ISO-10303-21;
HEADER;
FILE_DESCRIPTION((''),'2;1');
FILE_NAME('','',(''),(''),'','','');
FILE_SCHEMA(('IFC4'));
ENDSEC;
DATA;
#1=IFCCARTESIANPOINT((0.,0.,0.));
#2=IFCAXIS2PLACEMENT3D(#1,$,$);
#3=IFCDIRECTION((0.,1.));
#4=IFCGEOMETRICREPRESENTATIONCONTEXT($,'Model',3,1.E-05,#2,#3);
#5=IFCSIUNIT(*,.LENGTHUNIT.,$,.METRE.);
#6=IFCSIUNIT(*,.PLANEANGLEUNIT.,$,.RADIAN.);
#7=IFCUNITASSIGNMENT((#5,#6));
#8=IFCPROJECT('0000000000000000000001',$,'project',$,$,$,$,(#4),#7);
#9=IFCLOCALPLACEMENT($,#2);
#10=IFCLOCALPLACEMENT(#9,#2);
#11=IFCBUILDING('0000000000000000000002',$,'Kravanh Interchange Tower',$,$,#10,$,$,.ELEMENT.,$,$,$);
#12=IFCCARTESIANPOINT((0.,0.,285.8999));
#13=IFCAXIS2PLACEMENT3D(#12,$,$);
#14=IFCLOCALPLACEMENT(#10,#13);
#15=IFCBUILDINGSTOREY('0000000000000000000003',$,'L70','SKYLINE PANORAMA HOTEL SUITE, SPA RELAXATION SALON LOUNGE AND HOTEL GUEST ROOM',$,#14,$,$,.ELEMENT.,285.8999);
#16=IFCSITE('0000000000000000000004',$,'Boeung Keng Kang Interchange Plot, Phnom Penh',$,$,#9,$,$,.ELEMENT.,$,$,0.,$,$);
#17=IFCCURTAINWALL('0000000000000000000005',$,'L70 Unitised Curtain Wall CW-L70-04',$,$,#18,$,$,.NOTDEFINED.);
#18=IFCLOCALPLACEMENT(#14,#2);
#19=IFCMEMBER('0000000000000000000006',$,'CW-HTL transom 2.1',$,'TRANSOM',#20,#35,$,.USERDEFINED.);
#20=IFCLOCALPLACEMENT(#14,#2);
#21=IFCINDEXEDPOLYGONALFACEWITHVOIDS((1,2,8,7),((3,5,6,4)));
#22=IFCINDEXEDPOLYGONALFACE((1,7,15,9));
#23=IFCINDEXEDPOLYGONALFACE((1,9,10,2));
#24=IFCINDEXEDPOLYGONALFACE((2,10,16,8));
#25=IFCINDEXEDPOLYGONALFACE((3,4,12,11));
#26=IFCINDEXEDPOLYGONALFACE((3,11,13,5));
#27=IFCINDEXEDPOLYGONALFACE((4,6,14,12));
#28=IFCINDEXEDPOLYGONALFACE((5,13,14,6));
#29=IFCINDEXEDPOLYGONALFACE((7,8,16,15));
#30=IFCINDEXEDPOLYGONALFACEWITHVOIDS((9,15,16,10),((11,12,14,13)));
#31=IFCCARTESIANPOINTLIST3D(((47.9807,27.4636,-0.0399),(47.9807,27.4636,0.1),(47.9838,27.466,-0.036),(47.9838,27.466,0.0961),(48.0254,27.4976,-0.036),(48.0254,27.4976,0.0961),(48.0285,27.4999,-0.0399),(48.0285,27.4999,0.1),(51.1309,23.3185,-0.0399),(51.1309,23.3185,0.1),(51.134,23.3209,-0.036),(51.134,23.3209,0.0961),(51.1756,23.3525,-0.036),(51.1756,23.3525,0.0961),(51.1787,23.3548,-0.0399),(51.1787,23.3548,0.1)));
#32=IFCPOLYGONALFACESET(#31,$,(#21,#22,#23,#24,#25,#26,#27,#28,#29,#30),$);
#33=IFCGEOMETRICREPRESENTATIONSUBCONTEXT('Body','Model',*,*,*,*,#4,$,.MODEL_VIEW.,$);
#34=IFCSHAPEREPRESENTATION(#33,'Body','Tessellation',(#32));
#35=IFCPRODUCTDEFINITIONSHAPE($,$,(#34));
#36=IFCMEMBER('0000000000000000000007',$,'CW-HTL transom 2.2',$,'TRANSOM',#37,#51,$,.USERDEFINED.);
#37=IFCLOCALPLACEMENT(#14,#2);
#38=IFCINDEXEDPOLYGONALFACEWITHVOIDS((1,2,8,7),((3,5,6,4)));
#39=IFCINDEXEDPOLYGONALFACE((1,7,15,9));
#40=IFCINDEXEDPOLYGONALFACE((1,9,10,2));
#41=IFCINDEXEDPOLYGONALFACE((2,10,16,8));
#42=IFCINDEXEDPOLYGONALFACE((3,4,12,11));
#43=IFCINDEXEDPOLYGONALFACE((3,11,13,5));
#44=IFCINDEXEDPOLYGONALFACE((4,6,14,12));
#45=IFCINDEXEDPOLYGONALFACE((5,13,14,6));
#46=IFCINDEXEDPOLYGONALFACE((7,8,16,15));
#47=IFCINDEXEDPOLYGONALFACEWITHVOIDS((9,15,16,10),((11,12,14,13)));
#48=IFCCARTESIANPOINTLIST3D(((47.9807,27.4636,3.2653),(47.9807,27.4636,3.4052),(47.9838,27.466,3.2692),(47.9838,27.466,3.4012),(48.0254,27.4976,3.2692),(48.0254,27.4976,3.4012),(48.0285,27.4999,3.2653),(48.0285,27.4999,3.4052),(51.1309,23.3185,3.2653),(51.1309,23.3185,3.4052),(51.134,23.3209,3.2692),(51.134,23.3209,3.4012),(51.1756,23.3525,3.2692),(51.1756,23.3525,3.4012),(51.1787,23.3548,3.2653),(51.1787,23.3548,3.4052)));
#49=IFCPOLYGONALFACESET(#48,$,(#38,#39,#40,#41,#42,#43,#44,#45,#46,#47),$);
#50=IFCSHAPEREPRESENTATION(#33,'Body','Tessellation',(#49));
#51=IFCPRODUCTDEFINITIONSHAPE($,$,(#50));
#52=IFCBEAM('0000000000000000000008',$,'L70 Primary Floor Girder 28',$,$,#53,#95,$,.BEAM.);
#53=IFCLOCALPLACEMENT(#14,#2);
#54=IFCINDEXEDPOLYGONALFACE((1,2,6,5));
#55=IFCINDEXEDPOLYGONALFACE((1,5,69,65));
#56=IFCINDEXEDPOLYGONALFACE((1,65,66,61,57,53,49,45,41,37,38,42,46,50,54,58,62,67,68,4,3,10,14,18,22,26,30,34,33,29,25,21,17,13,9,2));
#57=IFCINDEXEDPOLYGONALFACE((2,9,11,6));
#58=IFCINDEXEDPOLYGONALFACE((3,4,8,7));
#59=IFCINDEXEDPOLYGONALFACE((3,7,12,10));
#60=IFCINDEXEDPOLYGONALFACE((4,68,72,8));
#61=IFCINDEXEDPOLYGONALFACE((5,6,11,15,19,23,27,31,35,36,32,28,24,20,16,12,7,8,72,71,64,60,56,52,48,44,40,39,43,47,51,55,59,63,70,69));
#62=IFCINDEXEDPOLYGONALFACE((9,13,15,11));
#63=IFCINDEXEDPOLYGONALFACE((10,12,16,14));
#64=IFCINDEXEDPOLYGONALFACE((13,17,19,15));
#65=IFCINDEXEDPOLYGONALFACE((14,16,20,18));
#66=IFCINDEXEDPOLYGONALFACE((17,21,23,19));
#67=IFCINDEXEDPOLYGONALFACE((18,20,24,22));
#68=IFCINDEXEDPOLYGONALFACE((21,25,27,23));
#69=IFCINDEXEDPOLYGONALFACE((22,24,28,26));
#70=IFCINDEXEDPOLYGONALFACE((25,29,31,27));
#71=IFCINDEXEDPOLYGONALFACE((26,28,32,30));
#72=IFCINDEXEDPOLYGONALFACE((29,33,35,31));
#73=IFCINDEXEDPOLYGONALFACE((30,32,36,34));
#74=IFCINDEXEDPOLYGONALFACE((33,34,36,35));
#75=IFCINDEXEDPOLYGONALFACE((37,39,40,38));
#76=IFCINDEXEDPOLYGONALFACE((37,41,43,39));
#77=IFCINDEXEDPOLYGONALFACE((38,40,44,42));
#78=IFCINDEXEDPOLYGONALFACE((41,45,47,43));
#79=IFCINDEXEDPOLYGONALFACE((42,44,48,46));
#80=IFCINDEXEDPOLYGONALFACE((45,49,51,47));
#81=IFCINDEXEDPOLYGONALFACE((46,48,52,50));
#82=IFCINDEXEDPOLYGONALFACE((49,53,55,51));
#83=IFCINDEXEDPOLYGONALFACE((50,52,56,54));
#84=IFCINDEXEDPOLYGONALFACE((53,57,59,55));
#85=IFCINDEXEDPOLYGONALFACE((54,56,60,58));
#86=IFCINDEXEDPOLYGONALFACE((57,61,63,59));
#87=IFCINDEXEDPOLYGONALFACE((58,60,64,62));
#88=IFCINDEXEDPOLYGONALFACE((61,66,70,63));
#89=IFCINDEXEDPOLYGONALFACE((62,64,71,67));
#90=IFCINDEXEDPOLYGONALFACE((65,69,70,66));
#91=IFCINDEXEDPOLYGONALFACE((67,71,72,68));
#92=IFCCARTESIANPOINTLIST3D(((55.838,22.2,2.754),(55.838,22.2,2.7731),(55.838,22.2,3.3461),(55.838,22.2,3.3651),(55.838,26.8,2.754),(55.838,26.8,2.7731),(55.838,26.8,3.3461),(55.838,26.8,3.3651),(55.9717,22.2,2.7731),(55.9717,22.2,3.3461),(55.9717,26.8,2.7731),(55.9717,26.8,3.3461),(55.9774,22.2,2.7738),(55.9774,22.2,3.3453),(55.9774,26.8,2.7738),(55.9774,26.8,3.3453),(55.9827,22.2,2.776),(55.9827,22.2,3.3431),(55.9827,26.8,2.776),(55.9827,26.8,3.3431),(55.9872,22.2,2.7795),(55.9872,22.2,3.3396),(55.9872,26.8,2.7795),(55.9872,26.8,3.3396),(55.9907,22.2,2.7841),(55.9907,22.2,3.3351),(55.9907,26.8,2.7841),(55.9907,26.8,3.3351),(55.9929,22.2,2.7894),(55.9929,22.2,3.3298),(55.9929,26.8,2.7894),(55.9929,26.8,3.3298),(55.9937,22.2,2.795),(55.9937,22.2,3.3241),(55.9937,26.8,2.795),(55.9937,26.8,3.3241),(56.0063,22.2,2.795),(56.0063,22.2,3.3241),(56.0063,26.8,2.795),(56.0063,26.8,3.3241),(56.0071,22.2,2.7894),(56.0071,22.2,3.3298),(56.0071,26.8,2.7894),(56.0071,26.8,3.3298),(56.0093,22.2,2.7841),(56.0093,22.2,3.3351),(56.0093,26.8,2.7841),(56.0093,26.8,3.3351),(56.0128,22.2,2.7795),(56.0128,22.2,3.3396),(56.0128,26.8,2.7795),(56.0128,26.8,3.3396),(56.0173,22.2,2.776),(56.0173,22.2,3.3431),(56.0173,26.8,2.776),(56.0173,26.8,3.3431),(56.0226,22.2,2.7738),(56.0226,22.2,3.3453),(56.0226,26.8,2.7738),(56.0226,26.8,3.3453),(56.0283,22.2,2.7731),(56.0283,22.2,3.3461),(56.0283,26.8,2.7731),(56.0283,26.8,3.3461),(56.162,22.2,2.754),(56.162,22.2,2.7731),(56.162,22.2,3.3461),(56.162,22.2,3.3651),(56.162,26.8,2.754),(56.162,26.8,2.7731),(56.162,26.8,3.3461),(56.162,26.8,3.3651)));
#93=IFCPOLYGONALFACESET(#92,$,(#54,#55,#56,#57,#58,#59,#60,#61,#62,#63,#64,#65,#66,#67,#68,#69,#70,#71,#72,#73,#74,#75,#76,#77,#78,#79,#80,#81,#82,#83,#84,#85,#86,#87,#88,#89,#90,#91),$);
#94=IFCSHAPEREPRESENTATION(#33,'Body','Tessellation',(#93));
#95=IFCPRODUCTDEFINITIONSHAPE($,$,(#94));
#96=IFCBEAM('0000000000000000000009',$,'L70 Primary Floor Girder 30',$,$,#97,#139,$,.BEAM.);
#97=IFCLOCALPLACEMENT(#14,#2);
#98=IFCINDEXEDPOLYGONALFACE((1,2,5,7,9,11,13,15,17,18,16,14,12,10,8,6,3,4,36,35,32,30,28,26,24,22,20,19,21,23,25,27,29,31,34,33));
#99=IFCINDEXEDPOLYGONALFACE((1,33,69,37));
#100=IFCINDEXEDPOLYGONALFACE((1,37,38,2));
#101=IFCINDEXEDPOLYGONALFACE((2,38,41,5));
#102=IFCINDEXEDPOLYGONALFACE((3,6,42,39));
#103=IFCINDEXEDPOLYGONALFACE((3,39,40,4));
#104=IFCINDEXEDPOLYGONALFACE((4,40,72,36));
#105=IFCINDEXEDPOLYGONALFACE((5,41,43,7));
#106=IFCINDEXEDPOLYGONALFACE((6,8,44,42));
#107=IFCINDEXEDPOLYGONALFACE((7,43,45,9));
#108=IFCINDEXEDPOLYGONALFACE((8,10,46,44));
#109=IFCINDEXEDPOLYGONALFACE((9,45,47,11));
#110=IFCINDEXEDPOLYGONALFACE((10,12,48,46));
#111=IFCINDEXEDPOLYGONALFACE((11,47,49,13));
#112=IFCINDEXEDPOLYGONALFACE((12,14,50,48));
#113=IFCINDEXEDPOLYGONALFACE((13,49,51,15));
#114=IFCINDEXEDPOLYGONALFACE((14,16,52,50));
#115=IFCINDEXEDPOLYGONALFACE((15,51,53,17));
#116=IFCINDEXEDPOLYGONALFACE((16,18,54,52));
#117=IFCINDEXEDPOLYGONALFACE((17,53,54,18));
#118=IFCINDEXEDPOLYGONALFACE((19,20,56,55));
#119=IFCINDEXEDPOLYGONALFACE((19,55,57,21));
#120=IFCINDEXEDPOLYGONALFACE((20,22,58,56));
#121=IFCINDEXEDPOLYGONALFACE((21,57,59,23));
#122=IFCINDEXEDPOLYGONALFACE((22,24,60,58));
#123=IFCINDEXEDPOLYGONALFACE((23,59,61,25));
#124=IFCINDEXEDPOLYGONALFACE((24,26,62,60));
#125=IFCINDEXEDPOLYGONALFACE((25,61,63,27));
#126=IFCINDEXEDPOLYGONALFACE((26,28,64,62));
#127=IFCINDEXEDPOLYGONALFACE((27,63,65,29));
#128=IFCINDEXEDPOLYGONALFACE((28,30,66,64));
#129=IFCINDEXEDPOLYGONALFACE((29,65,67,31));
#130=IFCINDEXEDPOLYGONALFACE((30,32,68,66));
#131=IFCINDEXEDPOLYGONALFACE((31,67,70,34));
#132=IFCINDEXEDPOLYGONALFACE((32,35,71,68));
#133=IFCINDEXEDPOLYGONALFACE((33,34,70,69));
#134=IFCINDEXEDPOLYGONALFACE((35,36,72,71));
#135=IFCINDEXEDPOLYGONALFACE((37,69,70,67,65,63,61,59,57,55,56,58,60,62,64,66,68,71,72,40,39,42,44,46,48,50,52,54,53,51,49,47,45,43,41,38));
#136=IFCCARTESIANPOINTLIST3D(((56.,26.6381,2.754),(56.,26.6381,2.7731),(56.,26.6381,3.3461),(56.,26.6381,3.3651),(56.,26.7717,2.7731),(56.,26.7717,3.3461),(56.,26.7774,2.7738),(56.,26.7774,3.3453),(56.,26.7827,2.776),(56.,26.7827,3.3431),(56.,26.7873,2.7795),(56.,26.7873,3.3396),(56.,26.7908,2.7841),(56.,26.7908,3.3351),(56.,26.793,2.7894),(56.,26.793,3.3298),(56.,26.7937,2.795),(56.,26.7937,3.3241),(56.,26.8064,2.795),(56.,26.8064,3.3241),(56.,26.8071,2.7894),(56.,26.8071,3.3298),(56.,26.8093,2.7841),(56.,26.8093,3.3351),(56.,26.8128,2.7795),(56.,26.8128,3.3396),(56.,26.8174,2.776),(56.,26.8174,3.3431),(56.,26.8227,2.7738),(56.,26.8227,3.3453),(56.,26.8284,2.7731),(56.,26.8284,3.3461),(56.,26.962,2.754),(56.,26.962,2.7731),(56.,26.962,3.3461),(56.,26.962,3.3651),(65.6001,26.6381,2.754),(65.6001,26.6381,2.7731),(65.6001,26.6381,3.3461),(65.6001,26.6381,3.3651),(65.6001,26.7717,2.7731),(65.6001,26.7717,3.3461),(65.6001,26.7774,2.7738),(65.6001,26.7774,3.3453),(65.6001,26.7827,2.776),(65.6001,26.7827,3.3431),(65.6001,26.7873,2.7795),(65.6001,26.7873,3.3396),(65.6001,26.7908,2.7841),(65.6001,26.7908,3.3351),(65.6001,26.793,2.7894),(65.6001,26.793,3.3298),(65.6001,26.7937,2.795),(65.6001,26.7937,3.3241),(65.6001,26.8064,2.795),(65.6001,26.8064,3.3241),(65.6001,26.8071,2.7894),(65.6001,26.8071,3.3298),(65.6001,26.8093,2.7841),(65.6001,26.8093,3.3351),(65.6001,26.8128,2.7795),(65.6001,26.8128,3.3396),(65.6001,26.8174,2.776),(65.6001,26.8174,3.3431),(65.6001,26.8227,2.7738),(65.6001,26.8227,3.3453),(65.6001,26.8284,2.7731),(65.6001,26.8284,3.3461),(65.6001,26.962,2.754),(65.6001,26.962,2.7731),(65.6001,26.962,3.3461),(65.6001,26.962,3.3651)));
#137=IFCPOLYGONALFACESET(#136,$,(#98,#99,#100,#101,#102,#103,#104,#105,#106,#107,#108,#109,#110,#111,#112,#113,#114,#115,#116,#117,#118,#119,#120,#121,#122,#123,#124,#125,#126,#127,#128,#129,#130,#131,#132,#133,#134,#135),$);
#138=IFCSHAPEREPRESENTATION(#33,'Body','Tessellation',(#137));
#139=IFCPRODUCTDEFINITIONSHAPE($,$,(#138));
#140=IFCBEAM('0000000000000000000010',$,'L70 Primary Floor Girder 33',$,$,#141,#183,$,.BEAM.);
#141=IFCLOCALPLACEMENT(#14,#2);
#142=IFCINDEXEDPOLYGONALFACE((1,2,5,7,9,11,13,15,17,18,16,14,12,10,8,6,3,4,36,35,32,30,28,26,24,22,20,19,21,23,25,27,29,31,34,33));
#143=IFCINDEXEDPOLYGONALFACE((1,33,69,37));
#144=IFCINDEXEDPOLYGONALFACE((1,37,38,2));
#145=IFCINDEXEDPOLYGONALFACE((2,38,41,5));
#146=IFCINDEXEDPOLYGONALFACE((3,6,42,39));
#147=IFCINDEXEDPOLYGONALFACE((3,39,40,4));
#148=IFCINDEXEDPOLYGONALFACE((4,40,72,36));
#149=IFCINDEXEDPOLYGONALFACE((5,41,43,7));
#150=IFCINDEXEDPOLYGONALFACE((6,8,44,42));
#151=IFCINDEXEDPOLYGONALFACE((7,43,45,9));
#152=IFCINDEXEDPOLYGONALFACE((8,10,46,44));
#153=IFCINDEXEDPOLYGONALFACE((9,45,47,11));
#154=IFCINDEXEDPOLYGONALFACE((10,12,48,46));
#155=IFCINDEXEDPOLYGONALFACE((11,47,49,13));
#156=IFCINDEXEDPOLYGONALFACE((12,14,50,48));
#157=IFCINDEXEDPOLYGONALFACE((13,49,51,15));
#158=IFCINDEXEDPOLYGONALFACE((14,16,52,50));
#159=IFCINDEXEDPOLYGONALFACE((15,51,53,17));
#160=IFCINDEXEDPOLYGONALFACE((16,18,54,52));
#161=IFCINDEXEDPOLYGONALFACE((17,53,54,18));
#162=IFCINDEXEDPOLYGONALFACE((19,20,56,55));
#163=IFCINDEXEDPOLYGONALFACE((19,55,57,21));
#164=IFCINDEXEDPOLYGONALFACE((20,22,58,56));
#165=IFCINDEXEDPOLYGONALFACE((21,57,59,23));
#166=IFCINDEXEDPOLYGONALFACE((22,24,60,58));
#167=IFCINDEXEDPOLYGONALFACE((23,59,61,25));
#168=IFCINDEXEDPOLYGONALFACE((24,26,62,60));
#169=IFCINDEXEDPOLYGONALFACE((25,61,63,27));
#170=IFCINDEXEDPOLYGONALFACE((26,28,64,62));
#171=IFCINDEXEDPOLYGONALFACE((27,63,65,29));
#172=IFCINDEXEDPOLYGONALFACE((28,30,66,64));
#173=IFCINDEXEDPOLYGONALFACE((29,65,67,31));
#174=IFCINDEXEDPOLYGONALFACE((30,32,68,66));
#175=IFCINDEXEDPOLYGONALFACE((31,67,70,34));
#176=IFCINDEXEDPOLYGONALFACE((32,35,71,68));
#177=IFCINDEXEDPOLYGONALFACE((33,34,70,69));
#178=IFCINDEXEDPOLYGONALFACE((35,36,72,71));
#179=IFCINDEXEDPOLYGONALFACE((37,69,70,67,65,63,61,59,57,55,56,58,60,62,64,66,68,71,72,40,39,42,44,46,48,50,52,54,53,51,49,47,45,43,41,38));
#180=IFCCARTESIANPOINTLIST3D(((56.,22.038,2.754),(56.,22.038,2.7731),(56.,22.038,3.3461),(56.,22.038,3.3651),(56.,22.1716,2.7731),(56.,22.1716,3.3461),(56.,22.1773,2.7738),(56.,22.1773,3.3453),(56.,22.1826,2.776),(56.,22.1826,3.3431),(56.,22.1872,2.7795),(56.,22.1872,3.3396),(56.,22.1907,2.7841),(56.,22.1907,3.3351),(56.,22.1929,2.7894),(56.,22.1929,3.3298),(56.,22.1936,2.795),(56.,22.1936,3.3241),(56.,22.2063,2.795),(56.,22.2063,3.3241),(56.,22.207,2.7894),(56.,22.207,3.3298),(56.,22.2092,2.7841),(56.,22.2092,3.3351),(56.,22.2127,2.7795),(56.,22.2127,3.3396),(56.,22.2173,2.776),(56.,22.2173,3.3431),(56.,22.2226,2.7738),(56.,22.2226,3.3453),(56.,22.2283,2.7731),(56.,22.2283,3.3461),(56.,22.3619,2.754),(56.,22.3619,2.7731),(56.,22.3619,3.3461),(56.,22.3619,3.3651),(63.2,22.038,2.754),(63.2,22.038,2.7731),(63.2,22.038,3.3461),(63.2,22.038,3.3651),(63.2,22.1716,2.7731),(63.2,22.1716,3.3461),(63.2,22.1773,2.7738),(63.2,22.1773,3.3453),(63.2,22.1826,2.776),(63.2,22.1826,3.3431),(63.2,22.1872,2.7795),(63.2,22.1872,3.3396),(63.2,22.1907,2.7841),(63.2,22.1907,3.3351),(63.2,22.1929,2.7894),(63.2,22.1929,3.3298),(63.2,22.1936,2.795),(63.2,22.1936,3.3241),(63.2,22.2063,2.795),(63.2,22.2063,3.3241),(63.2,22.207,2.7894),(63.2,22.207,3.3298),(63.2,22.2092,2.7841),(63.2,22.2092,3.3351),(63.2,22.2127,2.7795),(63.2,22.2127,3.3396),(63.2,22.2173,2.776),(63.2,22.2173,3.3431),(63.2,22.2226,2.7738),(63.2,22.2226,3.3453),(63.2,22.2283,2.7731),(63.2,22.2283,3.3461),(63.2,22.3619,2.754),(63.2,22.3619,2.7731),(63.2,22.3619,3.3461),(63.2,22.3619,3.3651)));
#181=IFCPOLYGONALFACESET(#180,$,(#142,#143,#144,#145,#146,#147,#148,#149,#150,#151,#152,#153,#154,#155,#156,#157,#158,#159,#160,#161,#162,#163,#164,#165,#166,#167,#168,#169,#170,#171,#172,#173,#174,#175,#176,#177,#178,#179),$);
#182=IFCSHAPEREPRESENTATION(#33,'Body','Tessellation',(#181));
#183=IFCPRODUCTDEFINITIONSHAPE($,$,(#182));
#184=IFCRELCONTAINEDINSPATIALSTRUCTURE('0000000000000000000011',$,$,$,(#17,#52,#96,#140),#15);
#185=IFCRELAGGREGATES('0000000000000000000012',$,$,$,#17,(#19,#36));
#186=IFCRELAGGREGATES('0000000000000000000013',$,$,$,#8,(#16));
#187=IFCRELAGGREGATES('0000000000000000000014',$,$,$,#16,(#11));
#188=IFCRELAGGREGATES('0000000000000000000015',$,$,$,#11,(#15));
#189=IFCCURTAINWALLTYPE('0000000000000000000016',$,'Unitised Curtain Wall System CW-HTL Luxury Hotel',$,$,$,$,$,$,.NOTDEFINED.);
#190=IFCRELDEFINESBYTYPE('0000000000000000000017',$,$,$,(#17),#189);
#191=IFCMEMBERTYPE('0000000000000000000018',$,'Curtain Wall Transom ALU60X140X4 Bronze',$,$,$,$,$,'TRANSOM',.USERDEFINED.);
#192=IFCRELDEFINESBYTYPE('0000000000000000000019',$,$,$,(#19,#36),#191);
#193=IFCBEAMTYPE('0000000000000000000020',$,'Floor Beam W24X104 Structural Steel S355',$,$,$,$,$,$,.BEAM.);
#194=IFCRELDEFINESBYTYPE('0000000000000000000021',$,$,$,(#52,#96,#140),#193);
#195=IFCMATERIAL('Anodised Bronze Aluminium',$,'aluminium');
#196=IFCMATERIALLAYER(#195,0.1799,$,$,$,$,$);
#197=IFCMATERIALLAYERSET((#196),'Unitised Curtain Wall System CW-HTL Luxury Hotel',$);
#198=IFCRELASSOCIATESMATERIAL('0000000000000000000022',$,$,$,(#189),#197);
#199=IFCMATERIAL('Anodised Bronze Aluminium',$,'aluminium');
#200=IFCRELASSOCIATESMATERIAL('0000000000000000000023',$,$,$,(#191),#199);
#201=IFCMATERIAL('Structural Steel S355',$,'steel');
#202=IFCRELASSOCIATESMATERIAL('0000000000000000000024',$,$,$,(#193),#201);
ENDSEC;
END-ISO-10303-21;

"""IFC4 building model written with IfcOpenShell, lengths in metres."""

from ifc_helpers import new_model, si_unit, direction, frame, origin, origin_2d, place, context, subcontext, project, spatial, hollow_rectangle, i_section, extrude, material, layer, layer_set, material_profile, profile_set, type_object, element, aggregate, save


model = new_model("IFC4")

# Units and contexts
model_context = context("Model", 3, precision=1e-05, world=origin(), true_north=direction((0.0, 1.0)))
body_context = subcontext(model_context, "Body", "Model", "MODEL_VIEW")
ifc_project = project(units=[si_unit("LENGTHUNIT", "METRE"), si_unit("PLANEANGLEUNIT", "RADIAN")], contexts=[model_context])

# Site, building, storey
site_placement = place(None, origin())
site = spatial("IfcSite", under=ifc_project, at=site_placement, Name="Boeung Keng Kang Interchange Plot, Phnom Penh", CompositionType="ELEMENT", RefElevation=0.0)
building_placement = place(site_placement, origin())
building = spatial("IfcBuilding", under=site, at=building_placement, Name="Kravanh Interchange Tower", CompositionType="ELEMENT")
storey_placement = place(building_placement, frame((0.0, 0.0, 285.8999)))
storey = spatial("IfcBuildingStorey", under=building, at=storey_placement, Name="L70", Description="SKYLINE PANORAMA HOTEL SUITE, SPA RELAXATION SALON LOUNGE AND HOTEL GUEST ROOM", CompositionType="ELEMENT", Elevation=285.8999)

# Shared definitions
ifc_material_1 = material(Name="Anodised Bronze Aluminium", Category="aluminium")
ifc_layer_1 = layer(ifc_material_1, 0.1799)
ifc_layer_set_1 = layer_set([ifc_layer_1], Name="Unitised Curtain Wall System CW-HTL Luxury Hotel")
curtain_wall_type = type_object("IfcCurtainWallType", Name="Unitised Curtain Wall System CW-HTL Luxury Hotel", PredefinedType="NOTDEFINED", material=ifc_layer_set_1)

# Curtain wall, members
curtain_wall_1_placement = place(storey_placement, origin())
curtain_wall_1 = element("IfcCurtainWall", 1, at=curtain_wall_1_placement, inside=storey, type_object=curtain_wall_type, Name="L70 Unitised Curtain Wall CW-L70-04", PredefinedType="NOTDEFINED")
ifc_material_2 = material(Name="Anodised Bronze Aluminium", Category="aluminium")
ifc_material_profile_1 = material_profile(ifc_material_2, hollow_rectangle(XDim=0.0601, YDim=0.1399, WallThickness=0.0039, at=origin_2d()), Name="ALU60X140X4")
ifc_profile_set_1 = profile_set([ifc_material_profile_1], Name="Anodised Bronze Aluminium")
member_type_1 = type_object("IfcMemberType", Name="Curtain Wall Transom ALU60X140X4 Bronze", ElementType="TRANSOM", PredefinedType="USERDEFINED", material=ifc_profile_set_1)
member_1_placement = place(storey_placement, frame((51.1548, 23.3367, 0.03), z_axis=(-0.605075, 0.796169, 0.0), x_axis=(-0.796169, -0.605075, 0.0)))
member_1 = element("IfcMember", 2, at=member_1_placement, type_object=member_type_1, Name="CW-HTL transom 2.1", ObjectType="TRANSOM", PredefinedType="USERDEFINED", context=body_context, shape_type="SweptSolid", body=[
    extrude(hollow_rectangle(XDim=0.0601, YDim=0.1399, WallThickness=0.0039, at=origin_2d()), origin(), (0.0, 0.0, 1.0), 5.2063),
])
member_2_placement = place(storey_placement, frame((51.1548, 23.3367, 3.3352), z_axis=(-0.605075, 0.796169, 0.0), x_axis=(-0.796169, -0.605075, 0.0)))
member_2 = element("IfcMember", 3, at=member_2_placement, type_object=member_type_1, Name="CW-HTL transom 2.2", ObjectType="TRANSOM", PredefinedType="USERDEFINED", context=body_context, shape_type="SweptSolid", body=[
    extrude(hollow_rectangle(XDim=0.0601, YDim=0.1399, WallThickness=0.0039, at=origin_2d()), origin(), (0.0, 0.0, 1.0), 5.2063),
])

# Beams
ifc_material_3 = material(Name="Structural Steel S355", Category="steel")
ifc_material_profile_2 = material_profile(ifc_material_3, i_section(OverallWidth=0.324, OverallDepth=0.6111, WebThickness=0.0127, FlangeThickness=0.019, FilletRadius=0.022, at=origin_2d()), Name="W24X104")
ifc_profile_set_2 = profile_set([ifc_material_profile_2], Name="Structural Steel S355")
beam_type_1 = type_object("IfcBeamType", Name="Floor Beam W24X104 Structural Steel S355", PredefinedType="BEAM", material=ifc_profile_set_2)
beam_1_placement = place(storey_placement, frame((56.0, 26.8, 3.0596), z_axis=(0.0, -1.0, 0.0), x_axis=(1.0, 0.0, 0.0)))
element("IfcBeam", 4, at=beam_1_placement, inside=storey, type_object=beam_type_1, Name="L70 Primary Floor Girder 28", PredefinedType="BEAM", context=body_context, shape_type="SweptSolid", body=[
    extrude(i_section(OverallWidth=0.324, OverallDepth=0.6111, WebThickness=0.0127, FlangeThickness=0.019, FilletRadius=0.022, at=origin_2d()), origin(), (0.0, 0.0, 1.0), 4.6001),
])
beam_2_placement = place(storey_placement, frame((56.0, 26.8, 3.0596), z_axis=(1.0, 0.0, 0.0), x_axis=(0.0, 1.0, 0.0)))
element("IfcBeam", 5, at=beam_2_placement, inside=storey, type_object=beam_type_1, Name="L70 Primary Floor Girder 30", PredefinedType="BEAM", context=body_context, shape_type="SweptSolid", body=[
    extrude(i_section(OverallWidth=0.324, OverallDepth=0.6111, WebThickness=0.0127, FlangeThickness=0.019, FilletRadius=0.022, at=origin_2d()), origin(), (0.0, 0.0, 1.0), 9.6001),
])
beam_3_placement = place(storey_placement, frame((56.0, 22.2, 3.0596), z_axis=(1.0, 0.0, 0.0), x_axis=(0.0, 1.0, 0.0)))
element("IfcBeam", 6, at=beam_3_placement, inside=storey, type_object=beam_type_1, Name="L70 Primary Floor Girder 33", PredefinedType="BEAM", context=body_context, shape_type="SweptSolid", body=[
    extrude(i_section(OverallWidth=0.324, OverallDepth=0.6111, WebThickness=0.0127, FlangeThickness=0.019, FilletRadius=0.022, at=origin_2d()), origin(), (0.0, 0.0, 1.0), 7.2),
])

aggregate(curtain_wall_1, [member_1, member_2])

save(model, "model.ifc")
